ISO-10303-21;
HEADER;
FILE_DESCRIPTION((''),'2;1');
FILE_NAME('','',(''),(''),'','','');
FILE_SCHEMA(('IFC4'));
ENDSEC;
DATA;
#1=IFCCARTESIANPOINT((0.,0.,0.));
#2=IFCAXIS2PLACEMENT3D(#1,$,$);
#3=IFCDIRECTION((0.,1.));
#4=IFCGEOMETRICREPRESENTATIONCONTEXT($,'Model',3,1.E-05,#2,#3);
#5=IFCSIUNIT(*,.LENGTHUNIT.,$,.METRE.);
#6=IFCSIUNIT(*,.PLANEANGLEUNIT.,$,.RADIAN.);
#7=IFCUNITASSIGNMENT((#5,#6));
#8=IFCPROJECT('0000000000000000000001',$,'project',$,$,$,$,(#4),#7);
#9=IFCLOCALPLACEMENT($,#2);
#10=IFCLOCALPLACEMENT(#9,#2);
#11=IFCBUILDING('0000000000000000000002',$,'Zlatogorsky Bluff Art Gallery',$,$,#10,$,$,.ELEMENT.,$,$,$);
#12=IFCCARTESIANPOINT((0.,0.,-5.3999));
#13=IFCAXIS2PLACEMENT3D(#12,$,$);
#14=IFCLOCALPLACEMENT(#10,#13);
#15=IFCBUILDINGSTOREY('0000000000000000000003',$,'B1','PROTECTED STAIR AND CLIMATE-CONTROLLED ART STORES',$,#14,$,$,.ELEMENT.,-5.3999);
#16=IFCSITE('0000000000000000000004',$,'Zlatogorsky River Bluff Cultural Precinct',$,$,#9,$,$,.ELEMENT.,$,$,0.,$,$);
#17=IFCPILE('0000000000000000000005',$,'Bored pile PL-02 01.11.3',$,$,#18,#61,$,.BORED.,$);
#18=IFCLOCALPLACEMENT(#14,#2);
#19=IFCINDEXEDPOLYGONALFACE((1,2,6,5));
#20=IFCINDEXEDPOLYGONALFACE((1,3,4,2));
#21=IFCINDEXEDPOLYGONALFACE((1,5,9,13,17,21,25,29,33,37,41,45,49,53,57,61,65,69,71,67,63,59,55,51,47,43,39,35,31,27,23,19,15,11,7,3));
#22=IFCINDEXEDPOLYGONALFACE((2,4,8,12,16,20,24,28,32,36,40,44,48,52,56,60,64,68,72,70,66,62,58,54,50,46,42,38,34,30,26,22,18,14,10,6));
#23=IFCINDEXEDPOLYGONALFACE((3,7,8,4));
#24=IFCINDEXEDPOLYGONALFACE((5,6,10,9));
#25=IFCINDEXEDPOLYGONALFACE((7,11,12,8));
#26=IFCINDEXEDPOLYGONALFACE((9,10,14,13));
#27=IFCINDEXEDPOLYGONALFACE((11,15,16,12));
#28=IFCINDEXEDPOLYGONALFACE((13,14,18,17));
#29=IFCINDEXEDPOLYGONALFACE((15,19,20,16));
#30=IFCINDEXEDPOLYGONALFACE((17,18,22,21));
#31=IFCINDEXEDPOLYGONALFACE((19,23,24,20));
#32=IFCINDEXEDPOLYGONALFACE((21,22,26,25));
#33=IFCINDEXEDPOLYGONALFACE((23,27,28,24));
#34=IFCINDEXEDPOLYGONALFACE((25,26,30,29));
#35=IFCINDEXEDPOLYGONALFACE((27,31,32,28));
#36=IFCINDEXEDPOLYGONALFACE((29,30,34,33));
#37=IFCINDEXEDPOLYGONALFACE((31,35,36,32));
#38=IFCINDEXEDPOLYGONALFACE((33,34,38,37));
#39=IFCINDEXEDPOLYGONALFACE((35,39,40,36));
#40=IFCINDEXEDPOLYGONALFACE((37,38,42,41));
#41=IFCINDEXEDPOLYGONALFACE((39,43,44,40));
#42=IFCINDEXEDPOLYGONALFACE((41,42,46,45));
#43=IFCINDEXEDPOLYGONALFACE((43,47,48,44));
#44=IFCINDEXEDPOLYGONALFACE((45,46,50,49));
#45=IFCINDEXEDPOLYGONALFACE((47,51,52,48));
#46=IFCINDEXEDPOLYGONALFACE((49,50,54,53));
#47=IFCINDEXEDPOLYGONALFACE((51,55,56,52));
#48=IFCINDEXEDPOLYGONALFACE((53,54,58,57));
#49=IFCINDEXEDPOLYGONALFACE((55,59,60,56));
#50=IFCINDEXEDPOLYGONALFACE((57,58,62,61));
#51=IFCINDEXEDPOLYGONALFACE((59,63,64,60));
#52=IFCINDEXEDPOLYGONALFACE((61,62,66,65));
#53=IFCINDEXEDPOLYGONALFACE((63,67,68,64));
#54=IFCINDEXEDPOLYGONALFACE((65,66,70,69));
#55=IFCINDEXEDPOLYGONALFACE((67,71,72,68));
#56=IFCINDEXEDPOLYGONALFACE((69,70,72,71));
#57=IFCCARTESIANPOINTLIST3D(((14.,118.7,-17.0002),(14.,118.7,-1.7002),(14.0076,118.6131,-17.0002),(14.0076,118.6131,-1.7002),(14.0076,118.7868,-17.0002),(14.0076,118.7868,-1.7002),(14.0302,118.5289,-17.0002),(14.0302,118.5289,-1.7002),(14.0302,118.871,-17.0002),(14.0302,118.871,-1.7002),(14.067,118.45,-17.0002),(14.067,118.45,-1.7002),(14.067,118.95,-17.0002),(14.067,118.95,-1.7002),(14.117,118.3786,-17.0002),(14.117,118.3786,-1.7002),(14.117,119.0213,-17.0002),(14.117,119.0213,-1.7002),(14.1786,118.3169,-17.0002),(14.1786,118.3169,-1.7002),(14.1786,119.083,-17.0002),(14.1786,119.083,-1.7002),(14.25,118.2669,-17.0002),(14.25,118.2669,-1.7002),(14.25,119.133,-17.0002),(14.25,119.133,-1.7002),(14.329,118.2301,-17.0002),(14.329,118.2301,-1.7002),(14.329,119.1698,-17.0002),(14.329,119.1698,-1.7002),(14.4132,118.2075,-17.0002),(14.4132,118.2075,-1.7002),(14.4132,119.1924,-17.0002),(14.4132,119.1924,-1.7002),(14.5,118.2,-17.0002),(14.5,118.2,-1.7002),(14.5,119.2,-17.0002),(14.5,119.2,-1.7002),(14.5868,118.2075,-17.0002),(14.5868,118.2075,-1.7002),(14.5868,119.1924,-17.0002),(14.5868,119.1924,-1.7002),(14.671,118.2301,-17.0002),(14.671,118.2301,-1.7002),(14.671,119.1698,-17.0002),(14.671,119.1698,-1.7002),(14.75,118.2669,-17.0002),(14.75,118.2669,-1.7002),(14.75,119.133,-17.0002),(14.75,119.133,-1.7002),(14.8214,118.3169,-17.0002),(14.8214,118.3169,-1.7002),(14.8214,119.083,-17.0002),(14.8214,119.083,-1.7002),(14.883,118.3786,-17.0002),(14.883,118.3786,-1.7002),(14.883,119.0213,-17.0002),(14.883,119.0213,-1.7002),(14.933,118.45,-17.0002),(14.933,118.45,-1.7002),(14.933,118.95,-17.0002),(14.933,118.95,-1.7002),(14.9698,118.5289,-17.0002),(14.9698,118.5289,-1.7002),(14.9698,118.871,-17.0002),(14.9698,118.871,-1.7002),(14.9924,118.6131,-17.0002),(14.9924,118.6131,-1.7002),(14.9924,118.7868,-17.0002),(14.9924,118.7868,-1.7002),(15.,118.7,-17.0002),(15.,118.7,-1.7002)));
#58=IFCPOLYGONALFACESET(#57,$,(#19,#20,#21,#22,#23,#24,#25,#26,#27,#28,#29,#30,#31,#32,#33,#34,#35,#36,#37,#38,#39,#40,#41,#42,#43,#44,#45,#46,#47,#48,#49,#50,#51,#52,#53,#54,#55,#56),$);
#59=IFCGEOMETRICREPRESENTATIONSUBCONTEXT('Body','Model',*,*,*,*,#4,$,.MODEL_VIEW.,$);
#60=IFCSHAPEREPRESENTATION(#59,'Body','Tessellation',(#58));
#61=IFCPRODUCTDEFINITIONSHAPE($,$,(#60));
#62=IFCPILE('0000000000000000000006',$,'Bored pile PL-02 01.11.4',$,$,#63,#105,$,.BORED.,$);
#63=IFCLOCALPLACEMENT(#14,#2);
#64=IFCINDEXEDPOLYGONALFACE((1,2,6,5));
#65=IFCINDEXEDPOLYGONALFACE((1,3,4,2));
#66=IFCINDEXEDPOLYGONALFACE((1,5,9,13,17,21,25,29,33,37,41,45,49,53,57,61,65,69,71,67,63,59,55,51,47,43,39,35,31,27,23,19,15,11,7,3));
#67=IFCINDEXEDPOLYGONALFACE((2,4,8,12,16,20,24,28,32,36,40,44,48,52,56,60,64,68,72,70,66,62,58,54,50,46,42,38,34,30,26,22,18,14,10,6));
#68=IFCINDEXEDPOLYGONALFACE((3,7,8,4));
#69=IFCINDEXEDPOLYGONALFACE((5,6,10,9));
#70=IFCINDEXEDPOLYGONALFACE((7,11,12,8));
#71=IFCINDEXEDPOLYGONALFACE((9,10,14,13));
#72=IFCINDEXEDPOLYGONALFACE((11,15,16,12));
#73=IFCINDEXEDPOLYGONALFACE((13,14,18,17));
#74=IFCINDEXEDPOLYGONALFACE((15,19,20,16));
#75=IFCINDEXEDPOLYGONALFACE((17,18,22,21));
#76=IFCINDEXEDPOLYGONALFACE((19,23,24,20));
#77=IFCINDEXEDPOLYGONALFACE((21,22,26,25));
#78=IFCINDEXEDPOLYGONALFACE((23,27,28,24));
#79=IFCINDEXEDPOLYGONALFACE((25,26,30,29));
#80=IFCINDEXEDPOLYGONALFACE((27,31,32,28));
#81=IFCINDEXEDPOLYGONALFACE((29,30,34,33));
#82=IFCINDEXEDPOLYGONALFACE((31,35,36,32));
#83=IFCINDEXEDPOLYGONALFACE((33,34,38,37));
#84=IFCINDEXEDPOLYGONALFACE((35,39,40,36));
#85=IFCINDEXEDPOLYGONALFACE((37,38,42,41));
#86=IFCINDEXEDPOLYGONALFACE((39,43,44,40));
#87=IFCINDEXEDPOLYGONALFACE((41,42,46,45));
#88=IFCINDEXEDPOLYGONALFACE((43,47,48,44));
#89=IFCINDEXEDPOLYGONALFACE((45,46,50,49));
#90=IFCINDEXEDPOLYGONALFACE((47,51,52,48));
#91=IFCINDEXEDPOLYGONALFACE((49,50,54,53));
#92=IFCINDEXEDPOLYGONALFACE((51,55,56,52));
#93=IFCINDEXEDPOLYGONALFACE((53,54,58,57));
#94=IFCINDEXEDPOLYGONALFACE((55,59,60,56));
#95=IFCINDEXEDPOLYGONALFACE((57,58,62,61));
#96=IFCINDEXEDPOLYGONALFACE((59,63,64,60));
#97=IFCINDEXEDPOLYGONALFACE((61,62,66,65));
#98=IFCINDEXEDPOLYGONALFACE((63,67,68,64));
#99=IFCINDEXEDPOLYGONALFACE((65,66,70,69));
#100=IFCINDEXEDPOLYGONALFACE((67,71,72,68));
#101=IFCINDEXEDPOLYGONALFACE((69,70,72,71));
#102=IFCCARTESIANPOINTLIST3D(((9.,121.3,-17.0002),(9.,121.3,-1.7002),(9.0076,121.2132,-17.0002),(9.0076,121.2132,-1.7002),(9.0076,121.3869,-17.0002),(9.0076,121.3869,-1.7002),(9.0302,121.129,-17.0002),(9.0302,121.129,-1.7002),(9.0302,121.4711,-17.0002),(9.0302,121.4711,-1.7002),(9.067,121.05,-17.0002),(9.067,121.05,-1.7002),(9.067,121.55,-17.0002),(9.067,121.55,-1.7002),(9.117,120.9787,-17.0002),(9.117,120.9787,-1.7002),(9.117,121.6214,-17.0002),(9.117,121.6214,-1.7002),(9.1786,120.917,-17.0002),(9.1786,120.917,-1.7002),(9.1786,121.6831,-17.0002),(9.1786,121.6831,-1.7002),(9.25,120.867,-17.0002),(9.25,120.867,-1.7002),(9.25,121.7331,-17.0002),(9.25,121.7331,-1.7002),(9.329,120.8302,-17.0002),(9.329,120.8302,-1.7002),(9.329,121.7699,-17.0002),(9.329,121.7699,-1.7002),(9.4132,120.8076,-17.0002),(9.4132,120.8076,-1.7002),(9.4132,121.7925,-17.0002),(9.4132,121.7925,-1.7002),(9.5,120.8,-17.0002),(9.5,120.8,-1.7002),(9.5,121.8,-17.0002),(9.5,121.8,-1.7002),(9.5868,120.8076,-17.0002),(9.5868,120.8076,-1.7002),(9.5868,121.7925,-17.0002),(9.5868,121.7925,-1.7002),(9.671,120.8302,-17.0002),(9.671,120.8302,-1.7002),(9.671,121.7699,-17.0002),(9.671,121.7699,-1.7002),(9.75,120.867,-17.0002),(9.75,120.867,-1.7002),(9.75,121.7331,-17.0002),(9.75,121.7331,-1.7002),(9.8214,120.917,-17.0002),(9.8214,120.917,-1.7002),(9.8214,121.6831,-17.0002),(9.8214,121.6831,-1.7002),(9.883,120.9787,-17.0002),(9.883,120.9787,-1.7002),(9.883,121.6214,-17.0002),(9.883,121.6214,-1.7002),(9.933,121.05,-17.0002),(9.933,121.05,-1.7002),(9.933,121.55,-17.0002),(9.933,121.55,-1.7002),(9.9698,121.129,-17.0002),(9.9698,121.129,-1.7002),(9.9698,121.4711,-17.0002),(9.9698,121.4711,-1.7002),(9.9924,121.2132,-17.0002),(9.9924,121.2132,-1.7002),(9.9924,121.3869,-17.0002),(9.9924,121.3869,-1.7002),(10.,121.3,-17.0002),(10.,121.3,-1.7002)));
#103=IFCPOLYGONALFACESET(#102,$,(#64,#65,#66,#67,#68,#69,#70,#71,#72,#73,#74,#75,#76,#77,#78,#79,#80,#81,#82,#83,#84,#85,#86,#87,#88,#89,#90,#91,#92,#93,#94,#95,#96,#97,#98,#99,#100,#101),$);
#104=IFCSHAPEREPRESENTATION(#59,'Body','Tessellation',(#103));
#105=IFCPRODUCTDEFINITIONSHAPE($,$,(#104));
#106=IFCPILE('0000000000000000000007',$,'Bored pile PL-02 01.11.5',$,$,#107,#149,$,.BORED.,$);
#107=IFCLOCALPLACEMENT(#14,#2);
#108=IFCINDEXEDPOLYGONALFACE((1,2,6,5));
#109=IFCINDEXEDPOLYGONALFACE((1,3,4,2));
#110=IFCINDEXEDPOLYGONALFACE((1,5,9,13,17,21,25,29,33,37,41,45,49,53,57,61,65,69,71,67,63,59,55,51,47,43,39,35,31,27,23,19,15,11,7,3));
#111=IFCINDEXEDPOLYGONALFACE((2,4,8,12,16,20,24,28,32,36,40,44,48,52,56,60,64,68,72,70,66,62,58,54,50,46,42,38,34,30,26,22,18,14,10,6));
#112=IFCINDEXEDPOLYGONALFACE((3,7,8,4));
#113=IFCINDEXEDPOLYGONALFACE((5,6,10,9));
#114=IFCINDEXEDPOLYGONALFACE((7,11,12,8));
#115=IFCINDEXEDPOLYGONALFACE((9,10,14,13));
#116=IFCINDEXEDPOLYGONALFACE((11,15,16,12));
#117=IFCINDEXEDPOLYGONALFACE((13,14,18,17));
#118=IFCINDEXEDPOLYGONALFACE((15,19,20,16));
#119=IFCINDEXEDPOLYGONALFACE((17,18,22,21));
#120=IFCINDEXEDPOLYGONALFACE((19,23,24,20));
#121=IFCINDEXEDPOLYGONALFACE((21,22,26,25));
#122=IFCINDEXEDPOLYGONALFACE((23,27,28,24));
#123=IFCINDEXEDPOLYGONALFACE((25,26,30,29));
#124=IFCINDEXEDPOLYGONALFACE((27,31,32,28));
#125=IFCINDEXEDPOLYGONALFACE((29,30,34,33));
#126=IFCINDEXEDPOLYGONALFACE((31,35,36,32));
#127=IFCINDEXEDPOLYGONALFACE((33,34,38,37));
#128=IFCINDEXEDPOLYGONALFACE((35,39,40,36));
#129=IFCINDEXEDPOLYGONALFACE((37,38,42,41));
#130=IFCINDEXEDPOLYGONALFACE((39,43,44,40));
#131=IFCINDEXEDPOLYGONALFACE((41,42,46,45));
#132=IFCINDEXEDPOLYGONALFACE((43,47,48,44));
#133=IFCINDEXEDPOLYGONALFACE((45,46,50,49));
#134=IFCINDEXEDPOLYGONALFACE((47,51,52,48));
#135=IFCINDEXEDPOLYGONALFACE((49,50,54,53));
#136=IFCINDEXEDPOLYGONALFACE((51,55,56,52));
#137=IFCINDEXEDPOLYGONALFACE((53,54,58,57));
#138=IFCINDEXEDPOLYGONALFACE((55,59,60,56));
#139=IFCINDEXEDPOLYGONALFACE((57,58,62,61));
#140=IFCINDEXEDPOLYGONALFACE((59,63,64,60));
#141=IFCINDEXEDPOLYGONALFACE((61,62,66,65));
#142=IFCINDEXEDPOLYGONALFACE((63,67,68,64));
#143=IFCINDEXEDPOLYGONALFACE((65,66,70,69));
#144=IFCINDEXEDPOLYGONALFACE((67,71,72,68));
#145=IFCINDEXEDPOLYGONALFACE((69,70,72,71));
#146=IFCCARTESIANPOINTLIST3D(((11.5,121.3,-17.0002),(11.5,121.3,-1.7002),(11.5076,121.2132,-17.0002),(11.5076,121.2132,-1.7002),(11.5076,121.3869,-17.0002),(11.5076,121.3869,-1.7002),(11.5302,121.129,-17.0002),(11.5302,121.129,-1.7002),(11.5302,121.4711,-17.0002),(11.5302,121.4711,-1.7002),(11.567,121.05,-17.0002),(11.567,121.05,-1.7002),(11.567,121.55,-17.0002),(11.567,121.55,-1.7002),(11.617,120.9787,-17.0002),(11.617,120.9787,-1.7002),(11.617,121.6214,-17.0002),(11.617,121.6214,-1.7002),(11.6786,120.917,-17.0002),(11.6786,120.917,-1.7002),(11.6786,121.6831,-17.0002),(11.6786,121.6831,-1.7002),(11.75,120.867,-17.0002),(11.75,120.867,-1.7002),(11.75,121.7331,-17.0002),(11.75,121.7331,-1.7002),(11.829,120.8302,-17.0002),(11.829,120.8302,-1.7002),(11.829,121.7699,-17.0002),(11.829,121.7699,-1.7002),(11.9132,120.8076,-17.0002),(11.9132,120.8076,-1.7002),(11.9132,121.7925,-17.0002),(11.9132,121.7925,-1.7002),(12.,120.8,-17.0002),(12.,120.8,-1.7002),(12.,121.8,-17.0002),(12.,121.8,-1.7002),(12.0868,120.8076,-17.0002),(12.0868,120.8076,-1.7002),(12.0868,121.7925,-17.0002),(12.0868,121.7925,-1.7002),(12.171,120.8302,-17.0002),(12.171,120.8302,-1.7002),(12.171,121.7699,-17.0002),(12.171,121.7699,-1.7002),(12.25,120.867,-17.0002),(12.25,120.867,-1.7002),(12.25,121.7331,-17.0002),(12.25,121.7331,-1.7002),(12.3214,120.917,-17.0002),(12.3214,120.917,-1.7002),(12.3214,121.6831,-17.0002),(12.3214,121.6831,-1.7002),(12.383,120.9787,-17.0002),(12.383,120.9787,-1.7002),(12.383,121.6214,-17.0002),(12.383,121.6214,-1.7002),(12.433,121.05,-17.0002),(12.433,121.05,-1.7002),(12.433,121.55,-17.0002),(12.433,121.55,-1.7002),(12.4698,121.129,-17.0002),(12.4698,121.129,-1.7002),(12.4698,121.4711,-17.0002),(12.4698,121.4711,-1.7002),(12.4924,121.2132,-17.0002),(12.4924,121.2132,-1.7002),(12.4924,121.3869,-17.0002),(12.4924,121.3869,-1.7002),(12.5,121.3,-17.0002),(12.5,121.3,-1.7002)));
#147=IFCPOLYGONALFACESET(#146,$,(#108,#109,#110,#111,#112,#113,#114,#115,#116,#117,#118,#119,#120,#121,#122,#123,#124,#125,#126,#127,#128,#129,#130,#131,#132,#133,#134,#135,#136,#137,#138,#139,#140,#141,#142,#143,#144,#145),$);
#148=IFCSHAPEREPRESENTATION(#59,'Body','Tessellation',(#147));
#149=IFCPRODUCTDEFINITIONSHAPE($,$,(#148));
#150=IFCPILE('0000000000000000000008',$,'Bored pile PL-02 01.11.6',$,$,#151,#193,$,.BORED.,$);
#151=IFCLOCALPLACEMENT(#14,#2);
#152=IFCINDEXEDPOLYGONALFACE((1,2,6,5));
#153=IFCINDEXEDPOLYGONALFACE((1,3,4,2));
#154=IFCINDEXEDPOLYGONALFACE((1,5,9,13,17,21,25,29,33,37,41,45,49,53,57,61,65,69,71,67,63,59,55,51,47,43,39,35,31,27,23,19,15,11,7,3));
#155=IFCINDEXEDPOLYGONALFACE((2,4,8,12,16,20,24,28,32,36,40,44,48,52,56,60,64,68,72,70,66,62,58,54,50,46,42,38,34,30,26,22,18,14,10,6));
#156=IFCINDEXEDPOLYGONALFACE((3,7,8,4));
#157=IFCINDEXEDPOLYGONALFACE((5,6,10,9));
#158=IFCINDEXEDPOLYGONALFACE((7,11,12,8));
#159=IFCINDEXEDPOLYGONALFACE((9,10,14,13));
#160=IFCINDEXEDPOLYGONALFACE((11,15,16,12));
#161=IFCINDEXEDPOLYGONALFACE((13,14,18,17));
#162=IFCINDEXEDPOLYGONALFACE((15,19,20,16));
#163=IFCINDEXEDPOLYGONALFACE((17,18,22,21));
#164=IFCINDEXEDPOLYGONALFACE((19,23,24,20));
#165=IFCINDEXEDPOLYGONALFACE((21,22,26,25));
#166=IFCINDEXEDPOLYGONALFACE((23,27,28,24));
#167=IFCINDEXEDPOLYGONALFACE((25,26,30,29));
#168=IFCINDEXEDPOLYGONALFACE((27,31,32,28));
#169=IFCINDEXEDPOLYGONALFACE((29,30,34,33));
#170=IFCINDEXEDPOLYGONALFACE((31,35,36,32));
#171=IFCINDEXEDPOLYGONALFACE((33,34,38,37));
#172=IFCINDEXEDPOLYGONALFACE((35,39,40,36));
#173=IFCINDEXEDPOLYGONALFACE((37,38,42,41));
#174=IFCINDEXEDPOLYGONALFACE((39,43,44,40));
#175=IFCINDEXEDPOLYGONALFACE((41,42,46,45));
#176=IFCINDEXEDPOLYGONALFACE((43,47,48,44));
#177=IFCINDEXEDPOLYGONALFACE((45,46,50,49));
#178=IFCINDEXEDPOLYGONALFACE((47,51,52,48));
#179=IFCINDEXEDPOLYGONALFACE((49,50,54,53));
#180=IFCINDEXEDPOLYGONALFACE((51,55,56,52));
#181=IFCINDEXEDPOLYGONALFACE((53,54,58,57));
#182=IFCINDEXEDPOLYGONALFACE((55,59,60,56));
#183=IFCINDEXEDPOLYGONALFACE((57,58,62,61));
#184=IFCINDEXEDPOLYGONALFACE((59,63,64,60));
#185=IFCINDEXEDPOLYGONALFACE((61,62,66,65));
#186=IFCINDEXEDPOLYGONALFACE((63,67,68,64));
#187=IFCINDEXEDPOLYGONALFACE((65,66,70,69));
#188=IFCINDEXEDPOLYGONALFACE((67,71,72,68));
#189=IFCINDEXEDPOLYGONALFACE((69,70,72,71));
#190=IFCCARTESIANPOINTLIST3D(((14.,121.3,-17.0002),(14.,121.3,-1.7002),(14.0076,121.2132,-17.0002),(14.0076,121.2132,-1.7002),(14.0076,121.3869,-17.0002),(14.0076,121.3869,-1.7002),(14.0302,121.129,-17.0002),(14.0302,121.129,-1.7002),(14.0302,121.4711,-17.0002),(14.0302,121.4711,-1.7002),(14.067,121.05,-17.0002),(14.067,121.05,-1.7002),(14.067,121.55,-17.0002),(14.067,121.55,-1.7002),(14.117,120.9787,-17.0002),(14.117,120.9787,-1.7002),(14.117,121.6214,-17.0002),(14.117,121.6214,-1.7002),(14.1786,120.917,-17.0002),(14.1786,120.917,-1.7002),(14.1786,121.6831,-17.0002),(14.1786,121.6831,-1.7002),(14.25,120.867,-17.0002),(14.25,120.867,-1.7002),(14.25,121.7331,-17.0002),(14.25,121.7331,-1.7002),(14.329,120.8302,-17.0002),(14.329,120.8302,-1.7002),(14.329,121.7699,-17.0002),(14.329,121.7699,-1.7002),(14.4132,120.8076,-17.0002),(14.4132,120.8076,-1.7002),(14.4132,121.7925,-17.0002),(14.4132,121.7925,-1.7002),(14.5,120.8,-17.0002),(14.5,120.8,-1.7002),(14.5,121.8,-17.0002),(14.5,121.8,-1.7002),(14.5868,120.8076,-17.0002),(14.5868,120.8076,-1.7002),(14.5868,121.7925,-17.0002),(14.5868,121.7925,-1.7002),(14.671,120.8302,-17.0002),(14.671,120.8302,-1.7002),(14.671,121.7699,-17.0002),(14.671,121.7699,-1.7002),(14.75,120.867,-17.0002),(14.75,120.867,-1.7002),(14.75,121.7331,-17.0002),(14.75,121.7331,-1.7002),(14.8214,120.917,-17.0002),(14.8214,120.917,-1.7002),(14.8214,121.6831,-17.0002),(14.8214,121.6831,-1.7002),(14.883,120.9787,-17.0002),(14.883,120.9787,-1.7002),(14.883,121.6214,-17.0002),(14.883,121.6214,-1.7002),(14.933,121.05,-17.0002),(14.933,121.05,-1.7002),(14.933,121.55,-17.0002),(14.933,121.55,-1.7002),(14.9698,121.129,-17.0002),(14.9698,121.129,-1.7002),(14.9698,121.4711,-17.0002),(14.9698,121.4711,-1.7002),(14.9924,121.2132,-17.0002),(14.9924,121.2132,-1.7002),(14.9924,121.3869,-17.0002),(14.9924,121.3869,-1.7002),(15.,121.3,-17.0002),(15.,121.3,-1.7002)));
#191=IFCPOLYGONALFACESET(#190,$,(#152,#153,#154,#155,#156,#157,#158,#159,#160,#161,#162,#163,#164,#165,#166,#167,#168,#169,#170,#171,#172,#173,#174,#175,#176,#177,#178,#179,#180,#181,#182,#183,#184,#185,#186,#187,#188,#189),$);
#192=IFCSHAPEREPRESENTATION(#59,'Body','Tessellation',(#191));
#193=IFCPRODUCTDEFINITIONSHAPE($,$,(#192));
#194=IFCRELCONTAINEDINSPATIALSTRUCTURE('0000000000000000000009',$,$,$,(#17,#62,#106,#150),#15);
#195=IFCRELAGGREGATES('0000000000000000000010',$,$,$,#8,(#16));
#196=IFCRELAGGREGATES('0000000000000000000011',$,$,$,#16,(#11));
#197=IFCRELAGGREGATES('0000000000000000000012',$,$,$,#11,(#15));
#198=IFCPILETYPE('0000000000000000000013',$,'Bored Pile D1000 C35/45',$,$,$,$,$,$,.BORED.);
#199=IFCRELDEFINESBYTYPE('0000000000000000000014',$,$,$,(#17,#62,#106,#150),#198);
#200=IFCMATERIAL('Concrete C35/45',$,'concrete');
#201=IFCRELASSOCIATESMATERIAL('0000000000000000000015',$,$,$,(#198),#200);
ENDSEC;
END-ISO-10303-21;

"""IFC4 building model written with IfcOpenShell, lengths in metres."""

from ifc_helpers import new_model, si_unit, direction, frame, origin, origin_2d, place, context, subcontext, project, spatial, circle, extrude, material, material_profile, profile_set, type_object, element, save


model = new_model("IFC4")

# Units and contexts
model_context = context("Model", 3, precision=1e-05, world=origin(), true_north=direction((0.0, 1.0)))
body_context = subcontext(model_context, "Body", "Model", "MODEL_VIEW")
ifc_project = project(units=[si_unit("LENGTHUNIT", "METRE"), si_unit("PLANEANGLEUNIT", "RADIAN")], contexts=[model_context])

# Site, building, storey
site_placement = place(None, origin())
site = spatial("IfcSite", under=ifc_project, at=site_placement, Name="Zlatogorsky River Bluff Cultural Precinct", CompositionType="ELEMENT", RefElevation=0.0)
building_placement = place(site_placement, origin())
building = spatial("IfcBuilding", under=site, at=building_placement, Name="Zlatogorsky Bluff Art Gallery", CompositionType="ELEMENT")
storey_placement = place(building_placement, frame((0.0, 0.0, -5.3999)))
storey = spatial("IfcBuildingStorey", under=building, at=storey_placement, Name="B1", Description="PROTECTED STAIR AND CLIMATE-CONTROLLED ART STORES", CompositionType="ELEMENT", Elevation=-5.3999)

# Piles
ifc_material_1 = material(Name="Concrete C35/45", Category="concrete")
ifc_material_profile_1 = material_profile(ifc_material_1, circle(Radius=0.5, at=origin_2d()), Name="BORED PILE D1000")
ifc_profile_set_1 = profile_set([ifc_material_profile_1], Name="Concrete C35/45")
pile_type = type_object("IfcPileType", Name="Bored Pile D1000 C35/45", PredefinedType="BORED", material=ifc_profile_set_1)
for number, where, z_axis, x_axis, name in (
    (1, (14.5, 118.7, -1.7002), (0.0, 0.0, -1.0), (1.0, 0.0, 0.0), "Bored pile PL-02 01.11.3"),
    (2, (9.5, 121.3, -1.7002), (0.0, 0.0, -1.0), (1.0, 0.0, 0.0), "Bored pile PL-02 01.11.4"),
    (3, (12.0, 121.3, -1.7002), (0.0, 0.0, -1.0), (1.0, 0.0, 0.0), "Bored pile PL-02 01.11.5"),
    (4, (14.5, 121.3, -1.7002), (0.0, 0.0, -1.0), (1.0, 0.0, 0.0), "Bored pile PL-02 01.11.6"),
):
    element("IfcPile", number, at=place(storey_placement, frame(where, z_axis=z_axis, x_axis=x_axis)), inside=storey, type_object=pile_type, Name=name, PredefinedType="BORED", context=body_context, shape_type="SweptSolid", body=[
        extrude(circle(Radius=0.5, at=origin_2d()), origin(), (0.0, 0.0, 1.0), 15.3),
    ])

save(model, "model.ifc")
